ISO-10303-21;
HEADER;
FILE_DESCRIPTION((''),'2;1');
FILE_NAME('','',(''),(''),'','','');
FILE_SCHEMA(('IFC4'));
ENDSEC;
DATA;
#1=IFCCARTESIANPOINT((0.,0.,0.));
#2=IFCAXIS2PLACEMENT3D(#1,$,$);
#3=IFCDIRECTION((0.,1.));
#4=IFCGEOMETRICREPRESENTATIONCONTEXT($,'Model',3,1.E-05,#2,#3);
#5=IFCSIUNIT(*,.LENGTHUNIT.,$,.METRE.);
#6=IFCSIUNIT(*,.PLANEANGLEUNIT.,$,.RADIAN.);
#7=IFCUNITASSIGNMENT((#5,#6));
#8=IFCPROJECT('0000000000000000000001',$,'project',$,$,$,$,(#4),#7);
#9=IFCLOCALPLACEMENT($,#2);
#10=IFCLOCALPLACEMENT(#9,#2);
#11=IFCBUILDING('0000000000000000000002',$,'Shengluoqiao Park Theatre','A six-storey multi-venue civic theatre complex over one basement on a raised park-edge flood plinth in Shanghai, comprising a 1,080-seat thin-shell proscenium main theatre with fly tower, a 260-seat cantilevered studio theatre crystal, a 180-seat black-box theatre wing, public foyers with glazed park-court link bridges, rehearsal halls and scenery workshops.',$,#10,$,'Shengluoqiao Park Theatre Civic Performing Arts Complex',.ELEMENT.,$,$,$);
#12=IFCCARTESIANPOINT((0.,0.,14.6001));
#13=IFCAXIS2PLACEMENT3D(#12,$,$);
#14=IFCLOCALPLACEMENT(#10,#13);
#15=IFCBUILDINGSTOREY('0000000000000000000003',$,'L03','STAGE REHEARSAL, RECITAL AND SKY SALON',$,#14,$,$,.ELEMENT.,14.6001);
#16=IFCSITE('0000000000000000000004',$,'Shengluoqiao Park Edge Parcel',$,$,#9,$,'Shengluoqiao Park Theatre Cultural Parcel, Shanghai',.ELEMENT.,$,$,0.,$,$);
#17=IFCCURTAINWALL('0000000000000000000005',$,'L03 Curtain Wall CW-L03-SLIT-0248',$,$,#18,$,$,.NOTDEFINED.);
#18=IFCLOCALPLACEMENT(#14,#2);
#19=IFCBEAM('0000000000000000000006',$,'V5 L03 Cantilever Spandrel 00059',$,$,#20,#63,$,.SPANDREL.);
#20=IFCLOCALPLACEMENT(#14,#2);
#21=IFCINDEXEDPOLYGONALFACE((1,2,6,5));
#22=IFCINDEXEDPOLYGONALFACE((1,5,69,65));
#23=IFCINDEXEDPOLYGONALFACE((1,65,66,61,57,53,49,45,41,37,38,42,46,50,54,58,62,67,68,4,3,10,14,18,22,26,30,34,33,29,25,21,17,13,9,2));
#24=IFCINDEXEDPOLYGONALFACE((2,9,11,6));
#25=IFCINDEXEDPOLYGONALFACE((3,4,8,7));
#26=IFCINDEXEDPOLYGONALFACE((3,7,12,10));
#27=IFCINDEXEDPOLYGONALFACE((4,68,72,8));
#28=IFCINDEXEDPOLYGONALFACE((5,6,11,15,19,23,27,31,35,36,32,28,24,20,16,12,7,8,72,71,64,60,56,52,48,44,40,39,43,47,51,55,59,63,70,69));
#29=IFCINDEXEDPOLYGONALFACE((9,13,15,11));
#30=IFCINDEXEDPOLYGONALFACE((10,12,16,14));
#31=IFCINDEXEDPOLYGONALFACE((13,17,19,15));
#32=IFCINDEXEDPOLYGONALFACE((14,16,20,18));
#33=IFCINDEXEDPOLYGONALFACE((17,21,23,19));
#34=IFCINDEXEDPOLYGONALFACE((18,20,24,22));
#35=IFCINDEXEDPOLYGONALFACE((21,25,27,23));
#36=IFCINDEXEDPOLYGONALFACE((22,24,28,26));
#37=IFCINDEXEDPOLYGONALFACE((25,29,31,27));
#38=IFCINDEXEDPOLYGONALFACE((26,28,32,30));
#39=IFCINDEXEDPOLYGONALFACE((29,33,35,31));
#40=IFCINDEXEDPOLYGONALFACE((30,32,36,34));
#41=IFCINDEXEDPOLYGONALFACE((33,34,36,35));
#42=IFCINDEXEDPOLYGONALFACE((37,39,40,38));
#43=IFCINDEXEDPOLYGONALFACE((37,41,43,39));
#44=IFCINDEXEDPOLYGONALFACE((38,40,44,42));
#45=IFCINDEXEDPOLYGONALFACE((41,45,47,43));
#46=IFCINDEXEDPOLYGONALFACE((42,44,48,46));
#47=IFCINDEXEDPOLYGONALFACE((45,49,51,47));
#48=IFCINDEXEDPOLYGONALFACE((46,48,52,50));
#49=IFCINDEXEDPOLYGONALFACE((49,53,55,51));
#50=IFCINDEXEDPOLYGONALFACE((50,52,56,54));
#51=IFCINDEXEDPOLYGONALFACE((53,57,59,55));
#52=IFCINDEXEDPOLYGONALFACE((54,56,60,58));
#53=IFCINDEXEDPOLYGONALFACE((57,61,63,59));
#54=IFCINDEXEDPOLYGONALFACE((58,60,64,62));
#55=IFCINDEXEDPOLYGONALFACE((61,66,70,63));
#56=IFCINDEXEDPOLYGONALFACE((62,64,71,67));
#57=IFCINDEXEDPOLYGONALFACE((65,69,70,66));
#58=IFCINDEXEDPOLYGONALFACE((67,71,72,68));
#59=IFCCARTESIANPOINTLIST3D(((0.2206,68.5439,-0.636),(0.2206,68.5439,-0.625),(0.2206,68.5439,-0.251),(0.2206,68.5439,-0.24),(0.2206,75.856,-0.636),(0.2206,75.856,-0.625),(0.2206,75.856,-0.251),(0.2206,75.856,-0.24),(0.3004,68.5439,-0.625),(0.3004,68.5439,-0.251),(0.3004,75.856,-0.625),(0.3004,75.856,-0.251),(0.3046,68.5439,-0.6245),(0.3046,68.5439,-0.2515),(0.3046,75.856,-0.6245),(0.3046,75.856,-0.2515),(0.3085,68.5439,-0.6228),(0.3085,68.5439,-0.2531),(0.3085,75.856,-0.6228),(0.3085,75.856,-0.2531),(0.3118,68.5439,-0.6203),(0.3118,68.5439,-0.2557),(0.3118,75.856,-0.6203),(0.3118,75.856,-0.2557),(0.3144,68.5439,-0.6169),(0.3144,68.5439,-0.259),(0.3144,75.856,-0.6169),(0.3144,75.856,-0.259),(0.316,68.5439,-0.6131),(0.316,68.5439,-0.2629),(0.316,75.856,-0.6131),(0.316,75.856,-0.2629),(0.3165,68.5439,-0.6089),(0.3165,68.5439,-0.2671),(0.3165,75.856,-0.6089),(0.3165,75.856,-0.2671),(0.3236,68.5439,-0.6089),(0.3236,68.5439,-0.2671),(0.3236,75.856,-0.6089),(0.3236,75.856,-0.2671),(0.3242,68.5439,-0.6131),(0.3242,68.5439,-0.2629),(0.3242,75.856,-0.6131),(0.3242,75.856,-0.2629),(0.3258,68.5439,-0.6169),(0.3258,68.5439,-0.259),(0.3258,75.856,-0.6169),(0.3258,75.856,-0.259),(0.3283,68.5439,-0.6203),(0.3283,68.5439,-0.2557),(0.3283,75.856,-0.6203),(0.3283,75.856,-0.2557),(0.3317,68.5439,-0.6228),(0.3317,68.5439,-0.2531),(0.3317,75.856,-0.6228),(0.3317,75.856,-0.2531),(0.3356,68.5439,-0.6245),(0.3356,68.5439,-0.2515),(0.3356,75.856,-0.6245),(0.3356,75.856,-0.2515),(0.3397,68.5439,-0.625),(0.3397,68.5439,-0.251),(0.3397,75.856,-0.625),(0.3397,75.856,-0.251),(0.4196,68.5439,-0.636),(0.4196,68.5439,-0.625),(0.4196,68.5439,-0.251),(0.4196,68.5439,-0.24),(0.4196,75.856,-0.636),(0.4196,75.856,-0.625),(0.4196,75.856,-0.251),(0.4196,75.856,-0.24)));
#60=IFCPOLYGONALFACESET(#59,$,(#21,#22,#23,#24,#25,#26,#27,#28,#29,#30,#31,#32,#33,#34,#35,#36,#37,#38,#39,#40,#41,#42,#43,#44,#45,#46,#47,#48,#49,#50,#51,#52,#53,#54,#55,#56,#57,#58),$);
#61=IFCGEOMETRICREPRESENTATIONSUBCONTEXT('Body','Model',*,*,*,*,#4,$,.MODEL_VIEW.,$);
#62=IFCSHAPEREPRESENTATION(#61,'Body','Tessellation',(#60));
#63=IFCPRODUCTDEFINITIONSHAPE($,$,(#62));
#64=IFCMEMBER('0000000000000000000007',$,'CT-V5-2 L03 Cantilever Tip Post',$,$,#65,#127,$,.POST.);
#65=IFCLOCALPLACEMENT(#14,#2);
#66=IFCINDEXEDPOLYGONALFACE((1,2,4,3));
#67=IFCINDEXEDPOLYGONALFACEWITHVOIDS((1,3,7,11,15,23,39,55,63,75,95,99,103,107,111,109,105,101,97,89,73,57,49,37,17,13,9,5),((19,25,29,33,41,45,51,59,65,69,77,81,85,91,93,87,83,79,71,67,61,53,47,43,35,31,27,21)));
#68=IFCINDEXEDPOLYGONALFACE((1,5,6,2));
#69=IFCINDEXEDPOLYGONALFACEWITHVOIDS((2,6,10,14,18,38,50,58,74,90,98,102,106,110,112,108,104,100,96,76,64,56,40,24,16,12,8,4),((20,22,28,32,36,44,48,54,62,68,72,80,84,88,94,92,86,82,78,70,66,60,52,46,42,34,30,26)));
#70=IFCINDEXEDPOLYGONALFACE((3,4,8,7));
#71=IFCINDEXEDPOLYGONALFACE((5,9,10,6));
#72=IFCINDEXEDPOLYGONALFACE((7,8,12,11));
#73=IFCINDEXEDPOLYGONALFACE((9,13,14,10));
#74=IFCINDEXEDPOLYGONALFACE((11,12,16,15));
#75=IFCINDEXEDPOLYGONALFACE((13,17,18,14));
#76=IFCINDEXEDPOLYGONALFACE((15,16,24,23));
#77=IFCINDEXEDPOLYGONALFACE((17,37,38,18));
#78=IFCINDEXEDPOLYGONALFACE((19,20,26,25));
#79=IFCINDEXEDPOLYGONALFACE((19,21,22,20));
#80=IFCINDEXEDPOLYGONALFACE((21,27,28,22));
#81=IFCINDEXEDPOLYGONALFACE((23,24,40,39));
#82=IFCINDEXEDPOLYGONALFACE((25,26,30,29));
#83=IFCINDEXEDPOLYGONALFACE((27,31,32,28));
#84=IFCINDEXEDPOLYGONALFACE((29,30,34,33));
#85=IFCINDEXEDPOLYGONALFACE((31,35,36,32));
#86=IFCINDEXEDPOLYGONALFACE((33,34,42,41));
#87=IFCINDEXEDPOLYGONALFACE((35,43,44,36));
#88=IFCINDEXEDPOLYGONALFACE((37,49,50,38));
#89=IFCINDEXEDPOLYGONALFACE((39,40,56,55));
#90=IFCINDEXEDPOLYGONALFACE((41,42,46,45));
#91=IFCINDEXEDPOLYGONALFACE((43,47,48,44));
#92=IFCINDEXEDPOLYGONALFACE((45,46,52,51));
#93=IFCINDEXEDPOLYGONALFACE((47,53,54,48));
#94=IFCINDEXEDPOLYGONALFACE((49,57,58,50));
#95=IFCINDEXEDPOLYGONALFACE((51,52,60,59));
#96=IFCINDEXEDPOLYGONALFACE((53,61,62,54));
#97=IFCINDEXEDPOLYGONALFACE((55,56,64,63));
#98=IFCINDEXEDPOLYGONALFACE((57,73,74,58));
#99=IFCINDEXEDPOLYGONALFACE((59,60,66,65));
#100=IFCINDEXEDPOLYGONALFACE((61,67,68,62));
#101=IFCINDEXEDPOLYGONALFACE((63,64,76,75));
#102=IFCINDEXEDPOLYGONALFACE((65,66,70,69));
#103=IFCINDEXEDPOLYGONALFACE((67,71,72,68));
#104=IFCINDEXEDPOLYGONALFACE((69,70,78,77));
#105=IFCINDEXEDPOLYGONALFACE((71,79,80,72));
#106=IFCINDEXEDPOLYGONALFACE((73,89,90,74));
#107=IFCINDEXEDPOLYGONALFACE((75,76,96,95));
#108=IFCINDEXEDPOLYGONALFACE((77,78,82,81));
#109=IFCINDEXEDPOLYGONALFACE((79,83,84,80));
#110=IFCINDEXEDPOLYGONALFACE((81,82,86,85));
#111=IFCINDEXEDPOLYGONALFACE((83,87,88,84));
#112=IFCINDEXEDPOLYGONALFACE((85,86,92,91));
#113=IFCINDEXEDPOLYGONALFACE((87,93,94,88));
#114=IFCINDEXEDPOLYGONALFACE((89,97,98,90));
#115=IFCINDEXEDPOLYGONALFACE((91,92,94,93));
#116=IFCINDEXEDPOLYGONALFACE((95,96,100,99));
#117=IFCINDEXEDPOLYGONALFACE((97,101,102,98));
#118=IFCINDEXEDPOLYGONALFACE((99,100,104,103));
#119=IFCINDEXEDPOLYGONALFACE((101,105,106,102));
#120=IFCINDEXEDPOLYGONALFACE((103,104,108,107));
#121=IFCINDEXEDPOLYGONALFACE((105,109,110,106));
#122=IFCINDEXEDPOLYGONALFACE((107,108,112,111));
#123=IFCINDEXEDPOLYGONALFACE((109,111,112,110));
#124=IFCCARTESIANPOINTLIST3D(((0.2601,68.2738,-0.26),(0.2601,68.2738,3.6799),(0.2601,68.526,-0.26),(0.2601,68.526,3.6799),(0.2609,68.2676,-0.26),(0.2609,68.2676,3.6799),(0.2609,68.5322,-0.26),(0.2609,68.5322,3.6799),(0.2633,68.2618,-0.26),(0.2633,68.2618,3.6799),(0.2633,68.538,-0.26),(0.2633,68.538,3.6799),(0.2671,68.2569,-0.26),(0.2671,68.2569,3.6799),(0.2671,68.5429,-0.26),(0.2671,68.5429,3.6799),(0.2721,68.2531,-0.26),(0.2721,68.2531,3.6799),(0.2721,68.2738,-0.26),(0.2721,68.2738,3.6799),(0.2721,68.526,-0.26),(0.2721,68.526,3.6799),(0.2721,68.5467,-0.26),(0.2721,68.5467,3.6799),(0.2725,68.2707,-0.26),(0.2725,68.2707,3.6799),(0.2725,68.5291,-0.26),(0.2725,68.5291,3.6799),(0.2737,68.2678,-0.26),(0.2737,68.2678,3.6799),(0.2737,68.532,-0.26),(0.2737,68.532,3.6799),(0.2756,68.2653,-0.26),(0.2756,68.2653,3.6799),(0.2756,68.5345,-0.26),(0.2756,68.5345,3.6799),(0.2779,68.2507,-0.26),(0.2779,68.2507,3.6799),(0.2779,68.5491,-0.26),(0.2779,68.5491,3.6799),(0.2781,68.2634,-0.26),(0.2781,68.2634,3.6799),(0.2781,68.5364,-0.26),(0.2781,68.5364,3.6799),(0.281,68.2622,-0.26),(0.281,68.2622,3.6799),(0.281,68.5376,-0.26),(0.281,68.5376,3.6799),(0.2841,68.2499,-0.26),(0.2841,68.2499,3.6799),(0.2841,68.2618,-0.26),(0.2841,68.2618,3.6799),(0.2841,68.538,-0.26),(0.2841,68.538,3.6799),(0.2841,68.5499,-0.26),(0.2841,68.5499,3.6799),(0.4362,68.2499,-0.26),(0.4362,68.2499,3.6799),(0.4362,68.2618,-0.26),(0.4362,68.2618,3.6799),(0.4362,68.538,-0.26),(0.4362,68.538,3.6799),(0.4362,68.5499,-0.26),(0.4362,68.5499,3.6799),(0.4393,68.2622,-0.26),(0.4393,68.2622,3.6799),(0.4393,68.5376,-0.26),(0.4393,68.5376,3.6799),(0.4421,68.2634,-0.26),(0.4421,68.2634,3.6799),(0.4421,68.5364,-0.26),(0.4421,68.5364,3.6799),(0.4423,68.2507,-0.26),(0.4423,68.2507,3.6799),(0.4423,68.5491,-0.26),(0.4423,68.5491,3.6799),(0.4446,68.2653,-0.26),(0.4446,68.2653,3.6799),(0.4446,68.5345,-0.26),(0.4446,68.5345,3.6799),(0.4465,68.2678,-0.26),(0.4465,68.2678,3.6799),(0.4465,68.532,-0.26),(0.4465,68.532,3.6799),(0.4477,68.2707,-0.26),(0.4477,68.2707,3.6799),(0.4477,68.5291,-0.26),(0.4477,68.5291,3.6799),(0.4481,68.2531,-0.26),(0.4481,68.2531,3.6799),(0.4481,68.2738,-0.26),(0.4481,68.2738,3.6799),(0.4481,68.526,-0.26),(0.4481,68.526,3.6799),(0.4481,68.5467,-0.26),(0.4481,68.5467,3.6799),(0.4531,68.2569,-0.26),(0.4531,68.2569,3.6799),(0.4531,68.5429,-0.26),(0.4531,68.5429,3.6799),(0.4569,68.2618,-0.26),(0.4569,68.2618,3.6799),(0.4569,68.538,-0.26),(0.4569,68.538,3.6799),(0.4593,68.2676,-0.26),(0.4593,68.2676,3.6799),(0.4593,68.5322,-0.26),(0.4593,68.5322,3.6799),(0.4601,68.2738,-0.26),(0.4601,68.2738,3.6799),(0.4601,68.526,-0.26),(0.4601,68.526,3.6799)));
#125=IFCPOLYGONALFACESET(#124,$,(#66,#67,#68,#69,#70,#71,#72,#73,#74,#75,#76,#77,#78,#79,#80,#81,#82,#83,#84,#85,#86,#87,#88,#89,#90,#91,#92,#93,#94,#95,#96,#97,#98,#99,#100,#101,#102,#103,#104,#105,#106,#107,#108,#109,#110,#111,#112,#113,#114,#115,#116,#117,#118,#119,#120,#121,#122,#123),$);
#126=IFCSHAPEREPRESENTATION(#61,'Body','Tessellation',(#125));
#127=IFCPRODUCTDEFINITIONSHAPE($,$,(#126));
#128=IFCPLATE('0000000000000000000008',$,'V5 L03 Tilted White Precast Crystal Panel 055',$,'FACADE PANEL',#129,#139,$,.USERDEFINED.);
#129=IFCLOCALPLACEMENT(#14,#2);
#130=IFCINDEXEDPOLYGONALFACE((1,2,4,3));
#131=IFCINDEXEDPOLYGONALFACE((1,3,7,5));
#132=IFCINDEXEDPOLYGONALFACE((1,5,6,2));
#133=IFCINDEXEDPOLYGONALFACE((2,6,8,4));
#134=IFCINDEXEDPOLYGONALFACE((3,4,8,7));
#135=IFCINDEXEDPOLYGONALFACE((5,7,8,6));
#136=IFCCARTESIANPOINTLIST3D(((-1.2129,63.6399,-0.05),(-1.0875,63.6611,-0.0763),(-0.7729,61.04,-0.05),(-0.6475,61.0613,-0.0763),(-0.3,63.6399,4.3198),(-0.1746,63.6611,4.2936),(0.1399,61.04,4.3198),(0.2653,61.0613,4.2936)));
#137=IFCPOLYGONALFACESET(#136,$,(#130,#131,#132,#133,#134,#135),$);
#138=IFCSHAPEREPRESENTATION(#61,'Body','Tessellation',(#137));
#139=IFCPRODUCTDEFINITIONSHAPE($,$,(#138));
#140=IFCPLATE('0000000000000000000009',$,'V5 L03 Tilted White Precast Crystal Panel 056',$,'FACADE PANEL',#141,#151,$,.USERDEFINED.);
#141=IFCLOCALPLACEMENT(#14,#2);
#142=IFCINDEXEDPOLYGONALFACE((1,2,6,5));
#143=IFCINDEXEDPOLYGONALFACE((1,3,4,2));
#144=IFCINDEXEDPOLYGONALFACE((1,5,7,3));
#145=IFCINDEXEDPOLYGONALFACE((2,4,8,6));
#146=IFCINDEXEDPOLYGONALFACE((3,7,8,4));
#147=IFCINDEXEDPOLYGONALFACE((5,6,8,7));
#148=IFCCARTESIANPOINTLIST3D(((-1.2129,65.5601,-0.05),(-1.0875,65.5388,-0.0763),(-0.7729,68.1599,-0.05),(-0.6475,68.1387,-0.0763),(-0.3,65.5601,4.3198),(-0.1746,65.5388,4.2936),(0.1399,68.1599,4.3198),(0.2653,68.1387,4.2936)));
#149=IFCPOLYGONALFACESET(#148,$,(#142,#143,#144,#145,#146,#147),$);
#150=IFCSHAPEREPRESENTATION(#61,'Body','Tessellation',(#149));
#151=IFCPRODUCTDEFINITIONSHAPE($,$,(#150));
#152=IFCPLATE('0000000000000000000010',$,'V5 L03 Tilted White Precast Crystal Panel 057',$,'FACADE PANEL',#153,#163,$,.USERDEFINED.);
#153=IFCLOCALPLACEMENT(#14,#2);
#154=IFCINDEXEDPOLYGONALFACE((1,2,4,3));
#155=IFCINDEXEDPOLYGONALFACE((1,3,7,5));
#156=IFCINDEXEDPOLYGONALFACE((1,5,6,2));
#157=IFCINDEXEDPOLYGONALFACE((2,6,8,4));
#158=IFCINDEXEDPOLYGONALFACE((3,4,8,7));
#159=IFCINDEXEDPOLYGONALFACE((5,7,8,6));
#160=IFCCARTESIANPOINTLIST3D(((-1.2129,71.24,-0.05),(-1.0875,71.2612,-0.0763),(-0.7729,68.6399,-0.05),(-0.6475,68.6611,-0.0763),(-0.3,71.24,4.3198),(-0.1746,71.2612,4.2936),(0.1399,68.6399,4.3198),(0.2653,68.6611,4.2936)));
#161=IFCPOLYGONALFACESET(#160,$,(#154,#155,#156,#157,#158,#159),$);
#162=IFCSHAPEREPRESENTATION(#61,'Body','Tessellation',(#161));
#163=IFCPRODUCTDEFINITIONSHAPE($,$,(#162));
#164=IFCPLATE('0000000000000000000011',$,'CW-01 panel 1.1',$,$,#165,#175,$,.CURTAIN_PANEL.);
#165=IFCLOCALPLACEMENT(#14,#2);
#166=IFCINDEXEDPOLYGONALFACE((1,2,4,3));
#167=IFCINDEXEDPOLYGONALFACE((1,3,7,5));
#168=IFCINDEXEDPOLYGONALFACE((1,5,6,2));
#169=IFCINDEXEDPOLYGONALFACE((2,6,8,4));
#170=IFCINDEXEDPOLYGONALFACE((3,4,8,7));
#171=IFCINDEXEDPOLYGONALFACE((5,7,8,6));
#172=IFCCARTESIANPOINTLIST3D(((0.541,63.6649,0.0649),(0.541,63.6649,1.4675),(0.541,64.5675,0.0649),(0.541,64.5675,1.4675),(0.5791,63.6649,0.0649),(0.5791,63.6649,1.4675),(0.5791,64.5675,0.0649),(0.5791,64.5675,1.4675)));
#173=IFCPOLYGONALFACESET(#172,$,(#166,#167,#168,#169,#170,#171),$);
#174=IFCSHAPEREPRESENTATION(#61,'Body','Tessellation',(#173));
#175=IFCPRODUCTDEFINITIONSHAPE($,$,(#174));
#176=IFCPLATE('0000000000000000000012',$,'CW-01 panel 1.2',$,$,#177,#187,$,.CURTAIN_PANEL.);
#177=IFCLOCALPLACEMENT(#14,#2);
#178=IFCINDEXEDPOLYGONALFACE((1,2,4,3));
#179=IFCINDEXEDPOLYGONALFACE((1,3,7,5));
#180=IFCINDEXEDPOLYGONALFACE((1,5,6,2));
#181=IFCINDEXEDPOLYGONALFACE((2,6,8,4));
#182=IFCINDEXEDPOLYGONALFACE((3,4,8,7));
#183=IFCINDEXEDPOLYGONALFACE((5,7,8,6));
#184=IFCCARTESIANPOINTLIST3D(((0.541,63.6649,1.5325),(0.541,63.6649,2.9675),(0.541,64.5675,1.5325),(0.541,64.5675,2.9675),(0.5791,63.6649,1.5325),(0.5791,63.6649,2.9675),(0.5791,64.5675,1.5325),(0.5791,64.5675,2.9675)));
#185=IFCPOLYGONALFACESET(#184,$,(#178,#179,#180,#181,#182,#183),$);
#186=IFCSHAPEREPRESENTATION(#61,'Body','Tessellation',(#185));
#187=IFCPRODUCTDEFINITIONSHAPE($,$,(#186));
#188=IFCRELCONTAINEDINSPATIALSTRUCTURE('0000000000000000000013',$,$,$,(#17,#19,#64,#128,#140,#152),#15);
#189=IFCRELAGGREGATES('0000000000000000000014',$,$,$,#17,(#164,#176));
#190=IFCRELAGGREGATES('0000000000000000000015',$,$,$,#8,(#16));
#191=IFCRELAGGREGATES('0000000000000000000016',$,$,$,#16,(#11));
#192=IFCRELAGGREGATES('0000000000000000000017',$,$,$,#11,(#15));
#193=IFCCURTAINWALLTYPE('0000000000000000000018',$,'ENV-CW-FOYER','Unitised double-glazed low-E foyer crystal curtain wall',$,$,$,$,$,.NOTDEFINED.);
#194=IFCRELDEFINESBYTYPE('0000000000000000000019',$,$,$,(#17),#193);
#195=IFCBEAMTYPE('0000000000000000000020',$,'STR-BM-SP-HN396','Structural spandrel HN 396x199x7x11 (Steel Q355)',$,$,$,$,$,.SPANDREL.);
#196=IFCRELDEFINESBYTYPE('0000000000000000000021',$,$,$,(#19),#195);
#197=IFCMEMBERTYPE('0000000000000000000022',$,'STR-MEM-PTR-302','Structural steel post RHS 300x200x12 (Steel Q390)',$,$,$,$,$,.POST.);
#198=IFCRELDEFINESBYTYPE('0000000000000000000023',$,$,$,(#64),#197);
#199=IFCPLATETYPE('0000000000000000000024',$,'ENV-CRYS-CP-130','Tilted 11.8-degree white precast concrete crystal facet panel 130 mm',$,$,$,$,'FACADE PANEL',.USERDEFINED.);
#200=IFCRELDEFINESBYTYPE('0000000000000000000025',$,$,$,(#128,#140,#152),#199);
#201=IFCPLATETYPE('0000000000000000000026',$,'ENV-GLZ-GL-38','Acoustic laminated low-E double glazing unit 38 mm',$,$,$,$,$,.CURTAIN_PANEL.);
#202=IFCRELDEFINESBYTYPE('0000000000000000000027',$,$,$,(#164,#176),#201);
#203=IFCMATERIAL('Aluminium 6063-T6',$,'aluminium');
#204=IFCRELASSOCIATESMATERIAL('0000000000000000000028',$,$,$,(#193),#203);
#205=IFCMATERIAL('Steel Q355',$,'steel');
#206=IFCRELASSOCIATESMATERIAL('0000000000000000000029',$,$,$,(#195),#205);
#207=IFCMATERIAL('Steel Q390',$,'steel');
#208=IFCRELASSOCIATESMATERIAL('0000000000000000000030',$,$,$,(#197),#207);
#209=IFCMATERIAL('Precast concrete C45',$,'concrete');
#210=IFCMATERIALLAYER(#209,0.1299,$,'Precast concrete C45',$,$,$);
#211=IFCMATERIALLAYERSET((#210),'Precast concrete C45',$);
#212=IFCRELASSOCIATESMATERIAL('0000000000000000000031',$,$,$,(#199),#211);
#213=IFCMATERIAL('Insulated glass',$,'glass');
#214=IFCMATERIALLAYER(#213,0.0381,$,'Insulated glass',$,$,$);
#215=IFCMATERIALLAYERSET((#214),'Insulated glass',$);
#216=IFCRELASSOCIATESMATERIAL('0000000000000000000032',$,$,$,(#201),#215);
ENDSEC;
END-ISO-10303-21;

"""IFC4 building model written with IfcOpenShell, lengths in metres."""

from ifc_helpers import new_model, si_unit, direction, frame, origin, origin_2d, place, context, subcontext, project, spatial, polyline, rectangle, hollow_rectangle, i_section, outline, extrude, material, layer, layer_set, material_profile, profile_set, type_object, element, aggregate, save


model = new_model("IFC4")

# Units and contexts
model_context = context("Model", 3, precision=1e-05, world=origin(), true_north=direction((0.0, 1.0)))
body_context = subcontext(model_context, "Body", "Model", "MODEL_VIEW")
ifc_project = project(units=[si_unit("LENGTHUNIT", "METRE"), si_unit("PLANEANGLEUNIT", "RADIAN")], contexts=[model_context])

# Site, building, storey
site_placement = place(None, origin())
site = spatial("IfcSite", under=ifc_project, at=site_placement, Name="Shengluoqiao Park Edge Parcel", LongName="Shengluoqiao Park Theatre Cultural Parcel, Shanghai", CompositionType="ELEMENT", RefElevation=0.0)
building_placement = place(site_placement, origin())
building = spatial("IfcBuilding", under=site, at=building_placement, Name="Shengluoqiao Park Theatre", Description="A six-storey multi-venue civic theatre complex over one basement on a raised park-edge flood plinth in Shanghai, comprising a 1,080-seat thin-shell proscenium main theatre with fly tower, a 260-seat cantilevered studio theatre crystal, a 180-seat black-box theatre wing, public foyers with glazed park-court link bridges, rehearsal halls and scenery workshops.", LongName="Shengluoqiao Park Theatre Civic Performing Arts Complex", CompositionType="ELEMENT")
storey_placement = place(building_placement, frame((0.0, 0.0, 14.6001)))
storey = spatial("IfcBuildingStorey", under=building, at=storey_placement, Name="L03", Description="STAGE REHEARSAL, RECITAL AND SKY SALON", CompositionType="ELEMENT", Elevation=14.6001)

# Curtain wall
ifc_material_1 = material(Name="Aluminium 6063-T6", Category="aluminium")
curtain_wall_type = type_object("IfcCurtainWallType", Name="ENV-CW-FOYER", Description="Unitised double-glazed low-E foyer crystal curtain wall", PredefinedType="NOTDEFINED", material=ifc_material_1)
curtain_wall_placement = place(storey_placement, origin())
curtain_wall = element("IfcCurtainWall", 1, at=curtain_wall_placement, inside=storey, type_object=curtain_wall_type, Name="L03 Curtain Wall CW-L03-SLIT-0248", PredefinedType="NOTDEFINED")

# Beam
ifc_material_2 = material(Name="Steel Q390", Category="steel")
ifc_material_3 = material(Name="Steel Q355", Category="steel")
ifc_material_profile_1 = material_profile(ifc_material_3, i_section(OverallWidth=0.199, OverallDepth=0.396, WebThickness=0.0071, FlangeThickness=0.011, FilletRadius=0.0161, at=origin_2d()), Name="HN 396x199x7x11")
ifc_profile_set_1 = profile_set([ifc_material_profile_1], Name="Steel Q355")
beam_type_1 = type_object("IfcBeamType", Name="STR-BM-SP-HN396", Description="Structural spandrel HN 396x199x7x11 (Steel Q355)", PredefinedType="SPANDREL", material=ifc_profile_set_1)
for number, where, z_axis, x_axis, name in (
    (2, (0.3201, 68.5439, -0.438), (0.0, 1.0, 0.0), (-1.0, 0.0, 0.0), "V5 L03 Cantilever Spandrel 00059"),
):
    element("IfcBeam", number, at=place(storey_placement, frame(where, z_axis=z_axis, x_axis=x_axis)), inside=storey, type_object=beam_type_1, Name=name, PredefinedType="SPANDREL", context=body_context, shape_type="SweptSolid", body=[
        extrude(i_section(OverallWidth=0.199, OverallDepth=0.396, WebThickness=0.0071, FlangeThickness=0.011, FilletRadius=0.0161, at=origin_2d()), origin(), (0.0, 0.0, 1.0), 7.312),
    ])

# Member
ifc_material_profile_2 = material_profile(ifc_material_2, hollow_rectangle(XDim=0.2, YDim=0.3, WallThickness=0.012, InnerFilletRadius=0.012, OuterFilletRadius=0.0239, at=origin_2d()), Name="RHS 300x200x12")
ifc_profile_set_2 = profile_set([ifc_material_profile_2], Name="Steel Q390")
member_type_1 = type_object("IfcMemberType", Name="STR-MEM-PTR-302", Description="Structural steel post RHS 300x200x12 (Steel Q390)", PredefinedType="POST", material=ifc_profile_set_2)
member_1_placement = place(storey_placement, frame((0.3601, 68.3999, -0.26), z_axis=(0.0, 0.0, 1.0), x_axis=(1.0, 0.0, 0.0)))
element("IfcMember", 3, at=member_1_placement, inside=storey, type_object=member_type_1, Name="CT-V5-2 L03 Cantilever Tip Post", PredefinedType="POST", context=body_context, shape_type="SweptSolid", body=[
    extrude(hollow_rectangle(XDim=0.2, YDim=0.3, WallThickness=0.012, InnerFilletRadius=0.012, OuterFilletRadius=0.0239, at=origin_2d()), origin(), (0.0, 0.0, 1.0), 3.9399),
])

# Plates
ifc_material_4 = material(Name="Precast concrete C45", Category="concrete")
ifc_layer_1 = layer(ifc_material_4, 0.1299, Name="Precast concrete C45")
ifc_layer_set_1 = layer_set([ifc_layer_1], Name="Precast concrete C45")
plate_type_1 = type_object("IfcPlateType", Name="ENV-CRYS-CP-130", Description="Tilted 11.8-degree white precast concrete crystal facet panel 130 mm", ElementType="FACADE PANEL", PredefinedType="USERDEFINED", material=ifc_layer_set_1)
plate_1_placement = place(storey_placement, frame((-0.7729, 61.04, -0.05), z_axis=(-0.965712, -0.163416, 0.201732), x_axis=(-0.166846, 0.985983, 0.0)))
element("IfcPlate", 4, at=plate_1_placement, inside=storey, type_object=plate_type_1, Name="V5 L03 Tilted White Precast Crystal Panel 055", ObjectType="FACADE PANEL", PredefinedType="USERDEFINED", context=body_context, shape_type="SweptSolid", body=[
    extrude(outline(polyline([(0.0, 0.0), (2.6368, 0.0), (2.4845, -4.4616), (-0.1523, -4.4616), (0.0, 0.0)])), origin(), (0.0, 0.0, -1.0), 0.1299),
])
plate_2_placement = place(storey_placement, frame((-1.2129, 65.5601, -0.05), z_axis=(-0.965712, 0.163416, 0.201732), x_axis=(0.166846, 0.985983, 0.0)))
element("IfcPlate", 5, at=plate_2_placement, inside=storey, type_object=plate_type_1, Name="V5 L03 Tilted White Precast Crystal Panel 056", ObjectType="FACADE PANEL", PredefinedType="USERDEFINED", context=body_context, shape_type="SweptSolid", body=[
    extrude(outline(polyline([(0.0, 0.0), (2.6368, 0.0), (2.7891, -4.4616), (0.1523, -4.4616), (0.0, 0.0)])), origin(), (0.0, 0.0, -1.0), 0.1299),
])
plate_3_placement = place(storey_placement, frame((-0.7729, 68.6399, -0.05), z_axis=(-0.965714, -0.163401, 0.201732), x_axis=(-0.166831, 0.985986, 0.0)))
element("IfcPlate", 6, at=plate_3_placement, inside=storey, type_object=plate_type_1, Name="V5 L03 Tilted White Precast Crystal Panel 057", ObjectType="FACADE PANEL", PredefinedType="USERDEFINED", context=body_context, shape_type="SweptSolid", body=[
    extrude(outline(polyline([(0.0, 0.0), (2.6371, 0.0), (2.4848, -4.4616), (-0.1523, -4.4616), (0.0, 0.0)])), origin(), (0.0, 0.0, -1.0), 0.1299),
])

# Plates
ifc_material_5 = material(Name="Insulated glass", Category="glass")
ifc_layer_2 = layer(ifc_material_5, 0.0381, Name="Insulated glass")
ifc_layer_set_2 = layer_set([ifc_layer_2], Name="Insulated glass")
plate_type_2 = type_object("IfcPlateType", Name="ENV-GLZ-GL-38", Description="Acoustic laminated low-E double glazing unit 38 mm", PredefinedType="CURTAIN_PANEL", material=ifc_layer_set_2)
plate_4_placement = place(storey_placement, frame((0.5601, 64.1162, 0.0649), z_axis=(0.0, 0.0, 1.0), x_axis=(0.0, 1.0, 0.0)))
plate_4 = element("IfcPlate", 7, at=plate_4_placement, type_object=plate_type_2, Name="CW-01 panel 1.1", PredefinedType="CURTAIN_PANEL", context=body_context, shape_type="SweptSolid", body=[
    extrude(rectangle(XDim=0.9026, YDim=0.0381, at=origin_2d()), origin(), (0.0, 0.0, 1.0), 1.4026),
])
plate_5_placement = place(storey_placement, frame((0.5601, 64.1162, 1.5325), z_axis=(0.0, 0.0, 1.0), x_axis=(0.0, 1.0, 0.0)))
plate_5 = element("IfcPlate", 8, at=plate_5_placement, type_object=plate_type_2, Name="CW-01 panel 1.2", PredefinedType="CURTAIN_PANEL", context=body_context, shape_type="SweptSolid", body=[
    extrude(rectangle(XDim=0.9026, YDim=0.0381, at=origin_2d()), origin(), (0.0, 0.0, 1.0), 1.4351),
])
aggregate(curtain_wall, [plate_4, plate_5])

save(model, "model.ifc")
